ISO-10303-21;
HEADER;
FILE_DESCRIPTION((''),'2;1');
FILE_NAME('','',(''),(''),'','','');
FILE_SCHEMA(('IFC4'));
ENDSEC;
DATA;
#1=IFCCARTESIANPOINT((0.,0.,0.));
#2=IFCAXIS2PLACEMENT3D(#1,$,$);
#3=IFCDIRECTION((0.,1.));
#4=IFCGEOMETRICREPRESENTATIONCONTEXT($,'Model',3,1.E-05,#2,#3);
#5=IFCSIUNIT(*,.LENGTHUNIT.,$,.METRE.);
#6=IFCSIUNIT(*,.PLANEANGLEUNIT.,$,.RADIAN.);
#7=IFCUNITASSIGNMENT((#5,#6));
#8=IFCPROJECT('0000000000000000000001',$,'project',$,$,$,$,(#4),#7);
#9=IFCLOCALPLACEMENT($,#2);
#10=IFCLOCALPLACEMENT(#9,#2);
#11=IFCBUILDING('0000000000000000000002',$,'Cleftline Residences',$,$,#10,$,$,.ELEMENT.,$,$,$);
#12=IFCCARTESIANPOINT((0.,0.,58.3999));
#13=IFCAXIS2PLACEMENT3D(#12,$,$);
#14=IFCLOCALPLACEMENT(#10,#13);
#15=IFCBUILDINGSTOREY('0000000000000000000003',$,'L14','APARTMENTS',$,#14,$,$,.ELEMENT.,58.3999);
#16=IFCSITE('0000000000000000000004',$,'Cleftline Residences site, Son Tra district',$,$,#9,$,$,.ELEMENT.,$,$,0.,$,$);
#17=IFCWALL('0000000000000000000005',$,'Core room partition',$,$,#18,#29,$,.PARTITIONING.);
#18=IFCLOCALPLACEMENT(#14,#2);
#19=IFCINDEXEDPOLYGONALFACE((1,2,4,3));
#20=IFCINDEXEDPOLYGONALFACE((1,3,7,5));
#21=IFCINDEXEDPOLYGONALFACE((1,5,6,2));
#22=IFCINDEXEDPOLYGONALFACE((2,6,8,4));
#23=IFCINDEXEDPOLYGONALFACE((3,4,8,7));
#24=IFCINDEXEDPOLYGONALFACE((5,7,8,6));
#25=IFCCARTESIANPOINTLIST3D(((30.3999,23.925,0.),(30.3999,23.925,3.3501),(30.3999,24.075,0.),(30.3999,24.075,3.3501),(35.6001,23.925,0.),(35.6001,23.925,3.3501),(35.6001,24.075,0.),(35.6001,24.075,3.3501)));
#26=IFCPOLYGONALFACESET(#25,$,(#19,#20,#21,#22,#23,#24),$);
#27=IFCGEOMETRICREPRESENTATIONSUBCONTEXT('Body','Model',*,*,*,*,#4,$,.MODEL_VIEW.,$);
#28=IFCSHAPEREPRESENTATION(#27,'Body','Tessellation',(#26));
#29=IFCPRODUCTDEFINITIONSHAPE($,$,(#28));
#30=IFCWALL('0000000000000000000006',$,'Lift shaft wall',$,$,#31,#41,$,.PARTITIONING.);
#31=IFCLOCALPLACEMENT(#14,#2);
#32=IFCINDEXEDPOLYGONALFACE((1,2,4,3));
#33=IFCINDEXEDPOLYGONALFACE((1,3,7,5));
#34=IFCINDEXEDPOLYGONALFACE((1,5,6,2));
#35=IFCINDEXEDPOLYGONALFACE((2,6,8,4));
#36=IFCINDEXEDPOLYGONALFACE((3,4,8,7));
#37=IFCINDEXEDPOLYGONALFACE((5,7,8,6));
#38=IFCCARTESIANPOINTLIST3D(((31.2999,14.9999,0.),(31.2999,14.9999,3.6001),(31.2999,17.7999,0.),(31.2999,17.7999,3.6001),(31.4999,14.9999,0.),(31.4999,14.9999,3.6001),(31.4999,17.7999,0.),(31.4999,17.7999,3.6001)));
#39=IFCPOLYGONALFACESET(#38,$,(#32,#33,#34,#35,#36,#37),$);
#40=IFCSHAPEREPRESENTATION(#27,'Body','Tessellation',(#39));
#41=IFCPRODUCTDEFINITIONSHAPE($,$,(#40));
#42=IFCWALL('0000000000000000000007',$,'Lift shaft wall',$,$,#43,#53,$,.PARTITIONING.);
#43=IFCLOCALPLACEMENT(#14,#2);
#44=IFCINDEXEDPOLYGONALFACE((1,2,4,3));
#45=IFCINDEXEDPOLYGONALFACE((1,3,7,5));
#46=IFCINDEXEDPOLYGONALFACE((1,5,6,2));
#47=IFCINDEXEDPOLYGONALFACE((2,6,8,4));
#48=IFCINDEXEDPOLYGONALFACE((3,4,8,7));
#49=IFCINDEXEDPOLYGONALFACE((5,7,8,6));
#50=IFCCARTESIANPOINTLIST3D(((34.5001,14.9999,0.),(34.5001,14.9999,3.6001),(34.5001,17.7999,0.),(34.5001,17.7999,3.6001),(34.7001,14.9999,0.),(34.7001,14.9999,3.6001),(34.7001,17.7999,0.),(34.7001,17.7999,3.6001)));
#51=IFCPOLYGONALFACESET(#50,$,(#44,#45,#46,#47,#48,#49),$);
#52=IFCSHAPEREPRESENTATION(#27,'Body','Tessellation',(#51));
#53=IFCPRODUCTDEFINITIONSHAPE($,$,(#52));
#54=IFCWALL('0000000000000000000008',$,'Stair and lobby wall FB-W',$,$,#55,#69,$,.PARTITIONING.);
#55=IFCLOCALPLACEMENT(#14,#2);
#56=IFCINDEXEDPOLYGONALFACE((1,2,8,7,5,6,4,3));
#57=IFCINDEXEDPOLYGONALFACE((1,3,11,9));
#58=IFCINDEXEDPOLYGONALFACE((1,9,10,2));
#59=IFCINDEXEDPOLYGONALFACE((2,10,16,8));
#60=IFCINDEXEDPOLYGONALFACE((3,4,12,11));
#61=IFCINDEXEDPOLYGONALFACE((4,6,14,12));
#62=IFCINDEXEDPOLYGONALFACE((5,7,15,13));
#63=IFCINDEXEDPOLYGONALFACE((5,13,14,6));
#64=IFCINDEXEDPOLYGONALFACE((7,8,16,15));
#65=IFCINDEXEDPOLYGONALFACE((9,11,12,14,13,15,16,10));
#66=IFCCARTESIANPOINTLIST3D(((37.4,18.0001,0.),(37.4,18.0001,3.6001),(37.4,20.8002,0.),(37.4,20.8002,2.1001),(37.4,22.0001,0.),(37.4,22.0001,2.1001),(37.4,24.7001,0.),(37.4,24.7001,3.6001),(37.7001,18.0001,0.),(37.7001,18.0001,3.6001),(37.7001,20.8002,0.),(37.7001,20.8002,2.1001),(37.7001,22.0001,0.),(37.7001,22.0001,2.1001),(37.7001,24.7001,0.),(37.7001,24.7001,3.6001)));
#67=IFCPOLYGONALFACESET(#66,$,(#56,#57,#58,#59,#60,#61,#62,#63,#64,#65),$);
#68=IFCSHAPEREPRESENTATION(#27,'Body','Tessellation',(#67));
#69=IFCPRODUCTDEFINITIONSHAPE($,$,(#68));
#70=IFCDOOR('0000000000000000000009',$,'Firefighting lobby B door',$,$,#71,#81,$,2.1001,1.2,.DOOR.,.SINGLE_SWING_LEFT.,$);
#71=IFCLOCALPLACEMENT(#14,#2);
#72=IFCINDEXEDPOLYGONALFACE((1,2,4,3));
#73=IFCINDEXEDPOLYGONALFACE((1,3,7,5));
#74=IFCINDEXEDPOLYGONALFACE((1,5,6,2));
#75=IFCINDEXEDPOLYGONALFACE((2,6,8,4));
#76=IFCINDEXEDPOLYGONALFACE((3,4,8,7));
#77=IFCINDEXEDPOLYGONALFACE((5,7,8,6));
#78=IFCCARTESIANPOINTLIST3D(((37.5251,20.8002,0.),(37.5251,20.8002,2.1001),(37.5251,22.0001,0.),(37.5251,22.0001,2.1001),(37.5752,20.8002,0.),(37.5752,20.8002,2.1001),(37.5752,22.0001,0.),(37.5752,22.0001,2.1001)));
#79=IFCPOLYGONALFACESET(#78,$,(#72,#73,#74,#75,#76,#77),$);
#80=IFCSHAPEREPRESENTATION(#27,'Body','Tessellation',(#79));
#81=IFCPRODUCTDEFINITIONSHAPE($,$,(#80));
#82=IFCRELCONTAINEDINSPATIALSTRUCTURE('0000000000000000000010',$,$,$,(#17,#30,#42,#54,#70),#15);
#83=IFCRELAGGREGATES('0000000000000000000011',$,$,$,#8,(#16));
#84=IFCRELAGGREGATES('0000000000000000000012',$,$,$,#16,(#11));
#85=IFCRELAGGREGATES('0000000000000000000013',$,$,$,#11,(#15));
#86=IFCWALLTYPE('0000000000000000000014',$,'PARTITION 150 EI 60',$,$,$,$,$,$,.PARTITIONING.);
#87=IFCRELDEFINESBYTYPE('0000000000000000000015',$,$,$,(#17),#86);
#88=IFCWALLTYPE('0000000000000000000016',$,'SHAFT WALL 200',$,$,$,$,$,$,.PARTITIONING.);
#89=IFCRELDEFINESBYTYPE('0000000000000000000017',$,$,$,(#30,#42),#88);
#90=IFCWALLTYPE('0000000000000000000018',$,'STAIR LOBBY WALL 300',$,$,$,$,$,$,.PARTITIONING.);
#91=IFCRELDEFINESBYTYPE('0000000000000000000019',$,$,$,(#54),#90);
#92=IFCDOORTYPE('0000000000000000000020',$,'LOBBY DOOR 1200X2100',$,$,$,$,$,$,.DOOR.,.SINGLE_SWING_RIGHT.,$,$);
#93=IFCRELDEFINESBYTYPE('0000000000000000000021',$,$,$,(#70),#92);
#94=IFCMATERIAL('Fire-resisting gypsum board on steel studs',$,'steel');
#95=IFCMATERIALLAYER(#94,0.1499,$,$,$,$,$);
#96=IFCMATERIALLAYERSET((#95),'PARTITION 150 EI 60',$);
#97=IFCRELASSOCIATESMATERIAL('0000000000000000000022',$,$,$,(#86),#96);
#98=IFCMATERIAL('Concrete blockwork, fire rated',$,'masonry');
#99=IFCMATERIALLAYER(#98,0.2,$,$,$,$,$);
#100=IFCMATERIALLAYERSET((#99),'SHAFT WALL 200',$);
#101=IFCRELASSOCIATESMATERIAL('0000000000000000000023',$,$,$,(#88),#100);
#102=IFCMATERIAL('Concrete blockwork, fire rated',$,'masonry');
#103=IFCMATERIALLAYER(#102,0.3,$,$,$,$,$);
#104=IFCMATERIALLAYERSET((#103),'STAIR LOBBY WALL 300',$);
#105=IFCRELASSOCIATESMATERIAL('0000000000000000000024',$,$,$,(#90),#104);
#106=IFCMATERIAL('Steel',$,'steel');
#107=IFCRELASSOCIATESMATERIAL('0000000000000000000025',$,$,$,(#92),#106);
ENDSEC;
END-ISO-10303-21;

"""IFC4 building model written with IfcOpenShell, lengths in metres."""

from ifc_helpers import new_model, si_unit, direction, frame, frame_2d, origin, place, context, subcontext, project, spatial, rectangle, extrude, material, layer, layer_set, type_object, element, fill, save


model = new_model("IFC4")

# Units and contexts
model_context = context("Model", 3, precision=1e-05, world=origin(), true_north=direction((0.0, 1.0)))
body_context = subcontext(model_context, "Body", "Model", "MODEL_VIEW")
ifc_project = project(units=[si_unit("LENGTHUNIT", "METRE"), si_unit("PLANEANGLEUNIT", "RADIAN")], contexts=[model_context])

# Site, building, storey
site_placement = place(None, origin())
site = spatial("IfcSite", under=ifc_project, at=site_placement, Name="Cleftline Residences site, Son Tra district", CompositionType="ELEMENT", RefElevation=0.0)
building_placement = place(site_placement, origin())
building = spatial("IfcBuilding", under=site, at=building_placement, Name="Cleftline Residences", CompositionType="ELEMENT")
storey_placement = place(building_placement, frame((0.0, 0.0, 58.3999)))
storey = spatial("IfcBuildingStorey", under=building, at=storey_placement, Name="L14", Description="APARTMENTS", CompositionType="ELEMENT", Elevation=58.3999)

# Walls
ifc_material_1 = material(Name="Fire-resisting gypsum board on steel studs", Category="steel")
ifc_layer_1 = layer(ifc_material_1, 0.1499)
ifc_layer_set_1 = layer_set([ifc_layer_1], Name="PARTITION 150 EI 60")
wall_type_1 = type_object("IfcWallType", Name="PARTITION 150 EI 60", PredefinedType="PARTITIONING", material=ifc_layer_set_1)
for number, where, z_axis, x_axis, name in (
    (1, (30.3999, 24.0, 0.0), (0.0, 0.0, 1.0), (1.0, 0.0, 0.0), "Core room partition"),
):
    element("IfcWall", number, at=place(storey_placement, frame(where, z_axis=z_axis, x_axis=x_axis)), inside=storey, type_object=wall_type_1, Name=name, PredefinedType="PARTITIONING", context=body_context, shape_type="SweptSolid", body=[
        extrude(rectangle(XDim=5.2002, YDim=0.1499, at=frame_2d((2.6001, 0.0))), origin(), (0.0, 0.0, 1.0), 3.3501),
    ])
ifc_material_2 = material(Name="Concrete blockwork, fire rated", Category="masonry")
ifc_layer_2 = layer(ifc_material_2, 0.2)
ifc_layer_set_2 = layer_set([ifc_layer_2], Name="SHAFT WALL 200")
wall_type_2 = type_object("IfcWallType", Name="SHAFT WALL 200", PredefinedType="PARTITIONING", material=ifc_layer_set_2)
for number, where, z_axis, x_axis, name in (
    (2, (31.3999, 15.0, 0.0), (0.0, 0.0, 1.0), (0.0, 1.0, 0.0), "Lift shaft wall"),
    (3, (34.6001, 15.0, 0.0), (0.0, 0.0, 1.0), (0.0, 1.0, 0.0), "Lift shaft wall"),
):
    element("IfcWall", number, at=place(storey_placement, frame(where, z_axis=z_axis, x_axis=x_axis)), inside=storey, type_object=wall_type_2, Name=name, PredefinedType="PARTITIONING", context=body_context, shape_type="SweptSolid", body=[
        extrude(rectangle(XDim=2.8, YDim=0.2, at=frame_2d((1.3999, 0.0))), origin(), (0.0, 0.0, 1.0), 3.6001),
    ])

# Wall, opening, door
ifc_material_3 = material(Name="Concrete blockwork, fire rated", Category="masonry")
ifc_layer_3 = layer(ifc_material_3, 0.3)
ifc_layer_set_3 = layer_set([ifc_layer_3], Name="STAIR LOBBY WALL 300")
wall_type_3 = type_object("IfcWallType", Name="STAIR LOBBY WALL 300", PredefinedType="PARTITIONING", material=ifc_layer_set_3)
wall_1_placement = place(storey_placement, frame((37.55, 18.0, 0.0), z_axis=(0.0, 0.0, 1.0), x_axis=(0.0, 1.0, 0.0)))
wall_1 = element("IfcWall", 4, at=wall_1_placement, inside=storey, type_object=wall_type_3, Name="Stair and lobby wall FB-W", PredefinedType="PARTITIONING", context=body_context, shape_type="SweptSolid", body=[
    extrude(rectangle(XDim=6.7, YDim=0.3, at=frame_2d((3.3501, 0.0))), origin(), (0.0, 0.0, 1.0), 3.6001),
])
opening_1_placement = place(wall_1_placement, frame((2.8, 0.0, 0.0)))
opening_1 = element("IfcOpeningElement", 5, at=opening_1_placement, cuts=wall_1, PredefinedType="OPENING", context=body_context, shape_type="SweptSolid", body=[
    extrude(rectangle(XDim=1.2, YDim=2.1001, at=frame_2d((0.6001, 1.05))), frame((0.0, 0.1599, 0.0), z_axis=(0.0, -1.0, 0.0), x_axis=(1.0, 0.0, 0.0)), (0.0, 0.0, 1.0), 0.3201),
])
ifc_material_4 = material(Name="Steel", Category="steel")
door_type_1 = type_object("IfcDoorType", Name="LOBBY DOOR 1200X2100", OperationType="SINGLE_SWING_RIGHT", PredefinedType="DOOR", material=ifc_material_4)
door_1_placement = place(opening_1_placement, origin())
door_1 = element("IfcDoor", 6, at=door_1_placement, inside=storey, type_object=door_type_1, Name="Firefighting lobby B door", OperationType="SINGLE_SWING_LEFT", OverallHeight=2.1001, OverallWidth=1.2, PredefinedType="DOOR", context=body_context, shape_type="SweptSolid", body=[
    extrude(rectangle(XDim=1.2, YDim=2.1001, at=frame_2d((0.6001, 1.05))), frame((0.0, 0.0249, 0.0), z_axis=(0.0, -1.0, 0.0), x_axis=(1.0, 0.0, 0.0)), (0.0, 0.0, 1.0), 0.05),
])
fill(opening_1, door_1)

save(model, "model.ifc")
